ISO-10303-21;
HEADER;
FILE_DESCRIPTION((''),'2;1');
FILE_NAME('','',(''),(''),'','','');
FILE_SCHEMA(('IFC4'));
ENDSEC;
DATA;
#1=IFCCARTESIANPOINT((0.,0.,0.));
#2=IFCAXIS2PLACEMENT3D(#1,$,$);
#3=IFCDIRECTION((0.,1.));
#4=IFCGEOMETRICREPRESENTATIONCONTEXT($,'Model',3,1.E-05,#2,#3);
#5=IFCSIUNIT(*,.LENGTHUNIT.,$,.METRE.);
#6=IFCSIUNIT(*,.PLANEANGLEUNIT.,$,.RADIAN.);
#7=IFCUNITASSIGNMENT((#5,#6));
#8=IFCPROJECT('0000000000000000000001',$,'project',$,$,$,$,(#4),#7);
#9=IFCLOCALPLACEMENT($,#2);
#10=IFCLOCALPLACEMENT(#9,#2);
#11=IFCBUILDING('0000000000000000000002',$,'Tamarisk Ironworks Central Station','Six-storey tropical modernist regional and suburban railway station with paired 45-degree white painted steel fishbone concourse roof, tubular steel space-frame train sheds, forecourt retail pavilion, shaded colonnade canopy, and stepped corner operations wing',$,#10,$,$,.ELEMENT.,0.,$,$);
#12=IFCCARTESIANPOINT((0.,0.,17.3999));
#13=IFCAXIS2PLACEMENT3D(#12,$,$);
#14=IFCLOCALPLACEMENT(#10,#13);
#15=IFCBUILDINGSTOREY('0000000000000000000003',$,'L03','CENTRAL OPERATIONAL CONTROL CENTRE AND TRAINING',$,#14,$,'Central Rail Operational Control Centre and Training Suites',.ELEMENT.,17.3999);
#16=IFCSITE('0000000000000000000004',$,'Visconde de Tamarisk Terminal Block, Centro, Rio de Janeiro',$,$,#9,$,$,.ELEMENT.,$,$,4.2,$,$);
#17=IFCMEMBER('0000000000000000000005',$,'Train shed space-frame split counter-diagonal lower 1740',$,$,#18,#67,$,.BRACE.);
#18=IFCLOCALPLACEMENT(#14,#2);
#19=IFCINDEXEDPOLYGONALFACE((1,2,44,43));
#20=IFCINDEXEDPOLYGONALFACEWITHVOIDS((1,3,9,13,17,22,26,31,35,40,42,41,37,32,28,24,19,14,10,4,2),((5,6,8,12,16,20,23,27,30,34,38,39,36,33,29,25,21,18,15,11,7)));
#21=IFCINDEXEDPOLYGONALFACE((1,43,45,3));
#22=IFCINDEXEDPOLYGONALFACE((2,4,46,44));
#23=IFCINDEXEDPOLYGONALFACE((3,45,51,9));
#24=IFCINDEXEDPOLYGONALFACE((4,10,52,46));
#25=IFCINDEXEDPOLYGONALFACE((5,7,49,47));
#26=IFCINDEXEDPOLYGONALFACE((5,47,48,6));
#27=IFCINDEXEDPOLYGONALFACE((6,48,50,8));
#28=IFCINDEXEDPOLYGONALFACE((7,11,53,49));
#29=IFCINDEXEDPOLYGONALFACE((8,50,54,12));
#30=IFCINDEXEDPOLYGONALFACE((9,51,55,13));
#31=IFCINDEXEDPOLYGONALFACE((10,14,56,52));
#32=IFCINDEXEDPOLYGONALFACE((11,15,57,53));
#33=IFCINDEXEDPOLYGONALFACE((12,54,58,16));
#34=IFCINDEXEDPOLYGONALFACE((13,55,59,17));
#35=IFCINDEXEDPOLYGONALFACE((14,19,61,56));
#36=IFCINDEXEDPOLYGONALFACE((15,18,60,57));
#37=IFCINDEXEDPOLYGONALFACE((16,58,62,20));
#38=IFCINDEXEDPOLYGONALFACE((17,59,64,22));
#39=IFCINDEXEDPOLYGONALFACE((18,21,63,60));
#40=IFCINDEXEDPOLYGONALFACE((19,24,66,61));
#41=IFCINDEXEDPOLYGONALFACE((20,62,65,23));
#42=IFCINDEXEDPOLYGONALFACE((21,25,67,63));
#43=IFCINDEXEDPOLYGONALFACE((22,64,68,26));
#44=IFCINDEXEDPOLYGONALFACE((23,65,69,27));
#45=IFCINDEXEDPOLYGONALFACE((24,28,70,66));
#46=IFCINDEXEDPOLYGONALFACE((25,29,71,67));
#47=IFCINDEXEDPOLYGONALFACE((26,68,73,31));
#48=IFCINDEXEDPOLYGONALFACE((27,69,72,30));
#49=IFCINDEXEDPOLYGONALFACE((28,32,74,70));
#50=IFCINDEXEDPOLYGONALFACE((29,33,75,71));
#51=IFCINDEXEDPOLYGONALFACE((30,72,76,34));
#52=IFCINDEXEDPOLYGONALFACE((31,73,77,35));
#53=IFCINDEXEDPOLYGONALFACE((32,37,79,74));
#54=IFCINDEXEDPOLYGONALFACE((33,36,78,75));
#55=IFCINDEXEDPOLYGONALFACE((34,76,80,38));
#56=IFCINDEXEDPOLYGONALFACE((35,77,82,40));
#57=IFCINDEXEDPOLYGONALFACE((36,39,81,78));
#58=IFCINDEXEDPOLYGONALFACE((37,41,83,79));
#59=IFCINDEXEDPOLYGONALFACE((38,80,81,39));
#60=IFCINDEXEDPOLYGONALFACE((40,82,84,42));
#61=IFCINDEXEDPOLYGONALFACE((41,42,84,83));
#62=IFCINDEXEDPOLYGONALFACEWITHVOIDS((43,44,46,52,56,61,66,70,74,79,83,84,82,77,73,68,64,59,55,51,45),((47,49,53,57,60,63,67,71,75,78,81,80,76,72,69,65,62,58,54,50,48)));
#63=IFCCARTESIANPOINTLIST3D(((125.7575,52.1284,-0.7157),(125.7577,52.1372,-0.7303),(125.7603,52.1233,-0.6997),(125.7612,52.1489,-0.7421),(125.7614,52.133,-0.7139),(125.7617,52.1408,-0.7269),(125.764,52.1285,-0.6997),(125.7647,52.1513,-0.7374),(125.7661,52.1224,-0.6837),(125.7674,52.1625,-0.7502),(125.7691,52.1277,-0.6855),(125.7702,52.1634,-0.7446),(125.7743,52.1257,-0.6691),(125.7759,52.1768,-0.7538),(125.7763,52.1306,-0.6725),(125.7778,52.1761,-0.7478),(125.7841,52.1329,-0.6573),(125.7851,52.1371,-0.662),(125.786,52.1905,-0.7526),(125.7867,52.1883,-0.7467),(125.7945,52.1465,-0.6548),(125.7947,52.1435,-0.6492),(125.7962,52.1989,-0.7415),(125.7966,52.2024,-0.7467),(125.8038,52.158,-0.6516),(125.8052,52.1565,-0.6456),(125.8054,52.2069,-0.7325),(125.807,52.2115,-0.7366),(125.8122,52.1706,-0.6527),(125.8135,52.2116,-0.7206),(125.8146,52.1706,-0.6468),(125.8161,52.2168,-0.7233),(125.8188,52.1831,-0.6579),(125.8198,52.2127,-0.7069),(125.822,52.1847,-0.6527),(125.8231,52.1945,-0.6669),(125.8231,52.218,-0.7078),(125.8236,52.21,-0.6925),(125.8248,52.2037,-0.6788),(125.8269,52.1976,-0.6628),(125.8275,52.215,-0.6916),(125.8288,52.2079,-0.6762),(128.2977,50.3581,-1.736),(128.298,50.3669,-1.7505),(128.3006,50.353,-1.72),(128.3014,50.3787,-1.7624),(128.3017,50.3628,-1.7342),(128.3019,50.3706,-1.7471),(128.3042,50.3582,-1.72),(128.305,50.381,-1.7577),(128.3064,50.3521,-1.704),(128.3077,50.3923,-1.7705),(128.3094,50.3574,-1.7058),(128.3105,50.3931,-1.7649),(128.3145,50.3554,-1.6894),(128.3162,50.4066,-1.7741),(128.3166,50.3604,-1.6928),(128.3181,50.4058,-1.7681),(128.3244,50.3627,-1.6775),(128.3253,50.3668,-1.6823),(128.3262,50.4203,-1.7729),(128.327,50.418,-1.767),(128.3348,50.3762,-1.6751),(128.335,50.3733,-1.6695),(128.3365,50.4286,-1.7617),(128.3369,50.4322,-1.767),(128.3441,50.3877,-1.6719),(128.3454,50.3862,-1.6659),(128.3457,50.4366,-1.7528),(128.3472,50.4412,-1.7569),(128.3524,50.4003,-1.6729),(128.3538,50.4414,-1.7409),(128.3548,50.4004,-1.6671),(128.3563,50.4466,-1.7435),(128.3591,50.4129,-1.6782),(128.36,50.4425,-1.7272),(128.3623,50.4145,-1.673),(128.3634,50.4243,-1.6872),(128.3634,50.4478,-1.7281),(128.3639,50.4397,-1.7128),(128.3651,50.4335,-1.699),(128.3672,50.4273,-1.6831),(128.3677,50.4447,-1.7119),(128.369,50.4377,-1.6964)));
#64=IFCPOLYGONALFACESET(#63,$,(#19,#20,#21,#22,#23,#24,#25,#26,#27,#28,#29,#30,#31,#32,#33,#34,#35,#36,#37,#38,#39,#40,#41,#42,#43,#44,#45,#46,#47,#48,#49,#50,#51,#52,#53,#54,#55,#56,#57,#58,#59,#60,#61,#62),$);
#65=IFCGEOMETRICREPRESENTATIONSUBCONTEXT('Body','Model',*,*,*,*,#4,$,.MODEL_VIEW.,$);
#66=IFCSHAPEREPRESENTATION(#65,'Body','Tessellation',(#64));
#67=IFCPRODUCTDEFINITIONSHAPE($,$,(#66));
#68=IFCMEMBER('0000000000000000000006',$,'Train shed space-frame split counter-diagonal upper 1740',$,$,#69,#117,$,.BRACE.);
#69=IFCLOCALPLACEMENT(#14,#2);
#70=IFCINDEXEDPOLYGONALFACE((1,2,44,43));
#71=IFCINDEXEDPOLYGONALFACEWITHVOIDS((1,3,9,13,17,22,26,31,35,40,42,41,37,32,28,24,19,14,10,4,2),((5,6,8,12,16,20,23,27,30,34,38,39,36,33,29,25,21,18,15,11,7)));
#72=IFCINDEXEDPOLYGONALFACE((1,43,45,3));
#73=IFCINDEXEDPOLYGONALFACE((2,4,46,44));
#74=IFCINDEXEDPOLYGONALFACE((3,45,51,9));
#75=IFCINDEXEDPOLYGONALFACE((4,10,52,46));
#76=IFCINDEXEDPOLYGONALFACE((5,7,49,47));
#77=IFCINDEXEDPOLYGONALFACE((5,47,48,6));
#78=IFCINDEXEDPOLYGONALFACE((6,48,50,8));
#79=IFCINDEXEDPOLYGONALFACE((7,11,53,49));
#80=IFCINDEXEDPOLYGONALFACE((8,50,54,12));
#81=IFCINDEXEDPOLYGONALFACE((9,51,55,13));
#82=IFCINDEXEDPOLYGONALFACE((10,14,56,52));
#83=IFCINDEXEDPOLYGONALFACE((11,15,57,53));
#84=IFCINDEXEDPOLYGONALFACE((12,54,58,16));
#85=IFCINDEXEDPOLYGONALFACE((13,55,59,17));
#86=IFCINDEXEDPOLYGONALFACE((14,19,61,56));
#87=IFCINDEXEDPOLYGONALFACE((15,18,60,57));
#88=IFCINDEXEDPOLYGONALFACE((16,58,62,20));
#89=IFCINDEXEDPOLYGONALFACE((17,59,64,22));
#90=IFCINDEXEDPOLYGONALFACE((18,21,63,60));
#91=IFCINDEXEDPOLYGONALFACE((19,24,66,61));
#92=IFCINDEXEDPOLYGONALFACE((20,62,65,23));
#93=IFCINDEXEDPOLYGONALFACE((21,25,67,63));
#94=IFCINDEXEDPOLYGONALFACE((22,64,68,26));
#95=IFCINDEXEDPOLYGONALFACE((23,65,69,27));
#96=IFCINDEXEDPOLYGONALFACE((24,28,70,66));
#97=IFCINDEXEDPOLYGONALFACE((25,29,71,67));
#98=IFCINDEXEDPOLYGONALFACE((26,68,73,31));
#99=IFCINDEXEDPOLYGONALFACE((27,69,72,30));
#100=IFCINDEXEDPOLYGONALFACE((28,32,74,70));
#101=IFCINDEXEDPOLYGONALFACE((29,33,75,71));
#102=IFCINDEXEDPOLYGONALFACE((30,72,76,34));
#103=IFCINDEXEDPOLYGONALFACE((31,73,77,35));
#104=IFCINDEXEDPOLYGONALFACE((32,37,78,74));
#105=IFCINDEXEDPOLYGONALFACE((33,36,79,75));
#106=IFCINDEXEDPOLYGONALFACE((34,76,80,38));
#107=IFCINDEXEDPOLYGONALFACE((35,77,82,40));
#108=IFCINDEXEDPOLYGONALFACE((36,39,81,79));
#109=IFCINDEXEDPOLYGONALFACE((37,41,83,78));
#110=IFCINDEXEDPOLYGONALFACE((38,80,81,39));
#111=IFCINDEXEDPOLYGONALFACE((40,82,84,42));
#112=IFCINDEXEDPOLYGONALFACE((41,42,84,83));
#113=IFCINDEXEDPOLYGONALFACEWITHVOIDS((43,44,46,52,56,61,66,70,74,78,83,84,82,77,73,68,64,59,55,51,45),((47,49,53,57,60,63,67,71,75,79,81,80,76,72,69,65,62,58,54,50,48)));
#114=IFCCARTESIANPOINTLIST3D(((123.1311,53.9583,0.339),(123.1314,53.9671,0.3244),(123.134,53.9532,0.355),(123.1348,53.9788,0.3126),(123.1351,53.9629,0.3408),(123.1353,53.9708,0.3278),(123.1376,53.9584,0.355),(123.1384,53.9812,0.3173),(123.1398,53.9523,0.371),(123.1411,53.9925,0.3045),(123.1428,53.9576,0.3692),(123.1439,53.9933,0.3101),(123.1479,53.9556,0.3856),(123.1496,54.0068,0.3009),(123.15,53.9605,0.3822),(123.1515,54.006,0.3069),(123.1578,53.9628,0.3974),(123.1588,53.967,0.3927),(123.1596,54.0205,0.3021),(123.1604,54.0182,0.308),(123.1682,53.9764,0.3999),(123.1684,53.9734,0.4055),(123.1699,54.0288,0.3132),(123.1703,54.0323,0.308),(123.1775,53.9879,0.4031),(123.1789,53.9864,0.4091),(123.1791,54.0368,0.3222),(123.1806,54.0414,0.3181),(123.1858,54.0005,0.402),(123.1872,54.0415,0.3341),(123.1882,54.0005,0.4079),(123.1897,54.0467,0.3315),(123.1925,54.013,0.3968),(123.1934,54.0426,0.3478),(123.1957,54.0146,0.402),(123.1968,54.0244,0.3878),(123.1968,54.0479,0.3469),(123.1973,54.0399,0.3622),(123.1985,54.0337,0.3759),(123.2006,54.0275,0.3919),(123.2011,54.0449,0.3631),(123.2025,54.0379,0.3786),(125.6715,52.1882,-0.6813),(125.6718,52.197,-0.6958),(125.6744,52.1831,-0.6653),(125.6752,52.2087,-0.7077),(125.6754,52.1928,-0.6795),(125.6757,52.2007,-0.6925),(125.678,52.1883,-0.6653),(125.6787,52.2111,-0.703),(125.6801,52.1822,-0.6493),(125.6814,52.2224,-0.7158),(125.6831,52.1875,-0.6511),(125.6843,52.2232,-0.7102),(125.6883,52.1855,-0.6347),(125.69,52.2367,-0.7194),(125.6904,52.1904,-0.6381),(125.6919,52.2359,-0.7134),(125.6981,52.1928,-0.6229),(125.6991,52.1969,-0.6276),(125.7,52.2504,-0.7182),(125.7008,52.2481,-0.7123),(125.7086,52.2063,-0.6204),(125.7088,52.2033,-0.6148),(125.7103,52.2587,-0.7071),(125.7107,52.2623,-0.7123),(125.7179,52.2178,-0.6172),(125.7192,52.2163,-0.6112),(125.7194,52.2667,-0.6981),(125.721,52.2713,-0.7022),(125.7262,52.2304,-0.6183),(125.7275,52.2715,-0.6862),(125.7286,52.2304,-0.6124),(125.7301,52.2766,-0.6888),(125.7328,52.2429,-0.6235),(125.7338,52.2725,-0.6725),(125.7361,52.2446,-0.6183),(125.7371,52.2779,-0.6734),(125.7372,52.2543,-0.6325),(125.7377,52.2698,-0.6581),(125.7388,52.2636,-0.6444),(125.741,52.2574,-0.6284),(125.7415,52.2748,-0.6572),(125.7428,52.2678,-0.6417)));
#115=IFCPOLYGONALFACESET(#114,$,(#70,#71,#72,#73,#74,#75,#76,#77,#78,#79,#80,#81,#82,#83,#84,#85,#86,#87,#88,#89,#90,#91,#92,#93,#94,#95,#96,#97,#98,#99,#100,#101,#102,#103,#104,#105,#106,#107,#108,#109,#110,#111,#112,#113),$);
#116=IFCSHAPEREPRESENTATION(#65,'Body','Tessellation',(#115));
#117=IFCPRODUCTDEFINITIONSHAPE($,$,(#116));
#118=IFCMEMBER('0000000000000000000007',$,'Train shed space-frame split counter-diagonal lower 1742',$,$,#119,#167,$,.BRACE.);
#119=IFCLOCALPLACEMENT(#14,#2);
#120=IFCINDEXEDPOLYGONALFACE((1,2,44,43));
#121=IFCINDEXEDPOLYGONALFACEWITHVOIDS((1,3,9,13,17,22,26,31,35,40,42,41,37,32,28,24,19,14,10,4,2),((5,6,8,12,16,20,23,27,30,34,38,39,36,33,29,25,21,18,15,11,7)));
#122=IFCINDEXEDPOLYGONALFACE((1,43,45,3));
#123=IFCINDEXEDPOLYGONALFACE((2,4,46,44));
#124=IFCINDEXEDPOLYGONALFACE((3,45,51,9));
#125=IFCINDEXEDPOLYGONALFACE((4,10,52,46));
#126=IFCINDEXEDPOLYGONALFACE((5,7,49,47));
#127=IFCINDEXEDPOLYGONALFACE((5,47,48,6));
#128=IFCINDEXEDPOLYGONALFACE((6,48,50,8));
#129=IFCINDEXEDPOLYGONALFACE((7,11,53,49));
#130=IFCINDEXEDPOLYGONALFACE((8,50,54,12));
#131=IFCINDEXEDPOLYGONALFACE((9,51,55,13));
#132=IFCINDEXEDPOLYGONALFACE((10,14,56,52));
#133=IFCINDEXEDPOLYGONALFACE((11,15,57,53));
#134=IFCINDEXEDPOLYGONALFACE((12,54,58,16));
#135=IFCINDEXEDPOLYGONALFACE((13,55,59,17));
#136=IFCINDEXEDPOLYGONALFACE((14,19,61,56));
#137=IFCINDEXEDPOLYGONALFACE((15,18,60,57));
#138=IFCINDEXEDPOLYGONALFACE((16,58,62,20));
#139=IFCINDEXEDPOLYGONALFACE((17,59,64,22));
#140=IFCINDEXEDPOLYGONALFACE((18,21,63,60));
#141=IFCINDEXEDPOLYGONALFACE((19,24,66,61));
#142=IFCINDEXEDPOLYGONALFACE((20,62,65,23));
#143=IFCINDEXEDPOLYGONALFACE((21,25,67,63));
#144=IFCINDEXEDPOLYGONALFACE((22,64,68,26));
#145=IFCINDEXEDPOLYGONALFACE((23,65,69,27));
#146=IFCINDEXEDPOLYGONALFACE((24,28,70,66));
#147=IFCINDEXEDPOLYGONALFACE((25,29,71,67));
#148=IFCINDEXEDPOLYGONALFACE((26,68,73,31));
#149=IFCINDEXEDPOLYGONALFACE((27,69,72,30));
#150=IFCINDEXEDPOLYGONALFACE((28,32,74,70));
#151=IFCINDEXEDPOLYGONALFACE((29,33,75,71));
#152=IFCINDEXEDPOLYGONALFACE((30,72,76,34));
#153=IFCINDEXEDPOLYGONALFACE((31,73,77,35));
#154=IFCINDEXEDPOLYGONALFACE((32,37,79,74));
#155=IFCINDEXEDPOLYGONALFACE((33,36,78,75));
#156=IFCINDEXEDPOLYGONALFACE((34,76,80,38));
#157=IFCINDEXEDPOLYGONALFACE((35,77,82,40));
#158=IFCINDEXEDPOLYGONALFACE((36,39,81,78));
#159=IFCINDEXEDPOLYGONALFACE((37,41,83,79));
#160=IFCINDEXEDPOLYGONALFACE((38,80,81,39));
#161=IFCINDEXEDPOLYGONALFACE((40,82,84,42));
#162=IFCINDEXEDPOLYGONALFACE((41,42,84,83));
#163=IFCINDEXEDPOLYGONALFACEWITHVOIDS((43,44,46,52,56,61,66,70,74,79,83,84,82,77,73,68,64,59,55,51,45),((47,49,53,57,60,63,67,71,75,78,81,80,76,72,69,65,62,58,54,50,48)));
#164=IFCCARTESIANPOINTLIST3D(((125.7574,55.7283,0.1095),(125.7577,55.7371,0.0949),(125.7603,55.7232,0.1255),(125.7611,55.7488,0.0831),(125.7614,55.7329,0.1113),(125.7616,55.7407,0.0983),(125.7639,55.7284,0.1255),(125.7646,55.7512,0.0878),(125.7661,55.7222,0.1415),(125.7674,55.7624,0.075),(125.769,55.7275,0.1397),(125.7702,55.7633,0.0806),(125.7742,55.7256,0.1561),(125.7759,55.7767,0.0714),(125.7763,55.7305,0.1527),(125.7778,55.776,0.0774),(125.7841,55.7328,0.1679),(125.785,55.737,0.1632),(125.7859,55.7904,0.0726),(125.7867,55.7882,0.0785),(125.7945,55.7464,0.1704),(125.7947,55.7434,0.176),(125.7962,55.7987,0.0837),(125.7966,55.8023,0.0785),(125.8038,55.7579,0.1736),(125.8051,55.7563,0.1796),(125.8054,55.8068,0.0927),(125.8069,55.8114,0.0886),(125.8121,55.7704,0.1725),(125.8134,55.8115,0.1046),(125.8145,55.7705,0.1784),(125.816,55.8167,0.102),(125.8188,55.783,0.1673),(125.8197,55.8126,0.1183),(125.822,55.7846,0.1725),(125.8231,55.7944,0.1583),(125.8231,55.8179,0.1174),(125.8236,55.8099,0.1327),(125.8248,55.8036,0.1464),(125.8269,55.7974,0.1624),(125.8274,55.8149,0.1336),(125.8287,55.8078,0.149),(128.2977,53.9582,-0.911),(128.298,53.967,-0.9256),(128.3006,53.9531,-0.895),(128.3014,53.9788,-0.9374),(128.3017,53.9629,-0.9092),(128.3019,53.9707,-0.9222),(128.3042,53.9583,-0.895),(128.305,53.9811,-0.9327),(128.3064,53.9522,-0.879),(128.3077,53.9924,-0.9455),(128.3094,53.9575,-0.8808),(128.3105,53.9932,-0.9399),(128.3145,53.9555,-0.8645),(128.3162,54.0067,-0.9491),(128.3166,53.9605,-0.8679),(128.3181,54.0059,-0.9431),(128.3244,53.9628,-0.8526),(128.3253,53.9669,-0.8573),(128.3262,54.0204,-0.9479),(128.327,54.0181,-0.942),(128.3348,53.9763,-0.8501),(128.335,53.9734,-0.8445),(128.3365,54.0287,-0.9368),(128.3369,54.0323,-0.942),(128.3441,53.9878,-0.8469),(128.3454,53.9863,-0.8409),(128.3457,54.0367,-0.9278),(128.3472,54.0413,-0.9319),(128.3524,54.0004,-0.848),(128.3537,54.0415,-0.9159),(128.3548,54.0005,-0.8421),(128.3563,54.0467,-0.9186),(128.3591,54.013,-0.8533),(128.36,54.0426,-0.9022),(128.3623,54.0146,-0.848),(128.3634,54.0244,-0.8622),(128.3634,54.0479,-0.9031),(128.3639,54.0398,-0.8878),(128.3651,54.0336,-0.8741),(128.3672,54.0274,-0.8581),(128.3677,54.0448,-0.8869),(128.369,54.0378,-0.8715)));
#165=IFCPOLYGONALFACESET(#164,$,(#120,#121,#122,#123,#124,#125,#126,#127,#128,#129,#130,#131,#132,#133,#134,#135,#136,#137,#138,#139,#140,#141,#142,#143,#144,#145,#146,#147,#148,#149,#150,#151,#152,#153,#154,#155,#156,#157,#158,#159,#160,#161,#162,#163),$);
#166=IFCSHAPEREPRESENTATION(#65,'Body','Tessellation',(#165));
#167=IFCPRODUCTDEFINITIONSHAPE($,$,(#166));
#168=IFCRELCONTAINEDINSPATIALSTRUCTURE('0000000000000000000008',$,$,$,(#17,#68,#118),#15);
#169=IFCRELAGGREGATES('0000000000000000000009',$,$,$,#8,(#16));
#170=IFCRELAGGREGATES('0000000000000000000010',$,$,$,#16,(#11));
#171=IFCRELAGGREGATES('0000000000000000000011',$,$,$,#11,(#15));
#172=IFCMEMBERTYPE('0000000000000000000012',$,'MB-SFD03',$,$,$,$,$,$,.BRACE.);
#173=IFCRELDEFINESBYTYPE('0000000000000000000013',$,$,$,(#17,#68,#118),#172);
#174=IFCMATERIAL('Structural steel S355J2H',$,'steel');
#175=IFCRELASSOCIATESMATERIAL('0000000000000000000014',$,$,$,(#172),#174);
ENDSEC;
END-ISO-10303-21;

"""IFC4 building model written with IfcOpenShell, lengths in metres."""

from ifc_helpers import new_model, si_unit, direction, frame, origin, origin_2d, place, context, subcontext, project, spatial, hollow_circle, extrude, material, material_profile, profile_set, type_object, element, save


model = new_model("IFC4")

# Units and contexts
model_context = context("Model", 3, precision=1e-05, world=origin(), true_north=direction((0.0, 1.0)))
body_context = subcontext(model_context, "Body", "Model", "MODEL_VIEW")
ifc_project = project(units=[si_unit("LENGTHUNIT", "METRE"), si_unit("PLANEANGLEUNIT", "RADIAN")], contexts=[model_context])

# Site, building, storey
site_placement = place(None, origin())
site = spatial("IfcSite", under=ifc_project, at=site_placement, Name="Visconde de Tamarisk Terminal Block, Centro, Rio de Janeiro", CompositionType="ELEMENT", RefElevation=4.2)
building_placement = place(site_placement, origin())
building = spatial("IfcBuilding", under=site, at=building_placement, Name="Tamarisk Ironworks Central Station", Description="Six-storey tropical modernist regional and suburban railway station with paired 45-degree white painted steel fishbone concourse roof, tubular steel space-frame train sheds, forecourt retail pavilion, shaded colonnade canopy, and stepped corner operations wing", CompositionType="ELEMENT", ElevationOfRefHeight=0.0)
storey_placement = place(building_placement, frame((0.0, 0.0, 17.3999)))
storey = spatial("IfcBuildingStorey", under=building, at=storey_placement, Name="L03", Description="CENTRAL OPERATIONAL CONTROL CENTRE AND TRAINING", LongName="Central Rail Operational Control Centre and Training Suites", CompositionType="ELEMENT", Elevation=17.3999)

# Members
ifc_material_1 = material(Name="Structural steel S355J2H", Category="steel")
ifc_material_profile_1 = material_profile(ifc_material_1, hollow_circle(Radius=0.0571, WallThickness=0.0063, at=origin_2d()), Name="CHS 114.3x6.3")
ifc_profile_set_1 = profile_set([ifc_material_profile_1], Name="Structural steel S355J2H")
member_type_1 = type_object("IfcMemberType", Name="MB-SFD03", PredefinedType="BRACE", material=ifc_profile_set_1)
for number, where, z_axis, x_axis, name in (
    (1, (128.3333, 50.3999, -1.72), (-0.77922, 0.54302, 0.312961), (-0.571741, -0.820434, 0.0), "Train shed space-frame split counter-diagonal lower 1740"),
    (2, (125.707, 52.23, -0.6653), (-0.779252, 0.542967, 0.312974), (-0.571688, -0.820471, 0.0), "Train shed space-frame split counter-diagonal upper 1740"),
    (3, (128.3333, 54.0, -0.895), (-0.779234, 0.542955, 0.313042), (-0.571688, -0.820471, 0.0), "Train shed space-frame split counter-diagonal lower 1742"),
):
    element("IfcMember", number, at=place(storey_placement, frame(where, z_axis=z_axis, x_axis=x_axis)), inside=storey, type_object=member_type_1, Name=name, PredefinedType="BRACE", context=body_context, shape_type="SweptSolid", body=[
        extrude(hollow_circle(Radius=0.0571, WallThickness=0.0063, at=origin_2d()), origin(), (0.0, 0.0, 1.0), 3.26),
    ])

save(model, "model.ifc")
